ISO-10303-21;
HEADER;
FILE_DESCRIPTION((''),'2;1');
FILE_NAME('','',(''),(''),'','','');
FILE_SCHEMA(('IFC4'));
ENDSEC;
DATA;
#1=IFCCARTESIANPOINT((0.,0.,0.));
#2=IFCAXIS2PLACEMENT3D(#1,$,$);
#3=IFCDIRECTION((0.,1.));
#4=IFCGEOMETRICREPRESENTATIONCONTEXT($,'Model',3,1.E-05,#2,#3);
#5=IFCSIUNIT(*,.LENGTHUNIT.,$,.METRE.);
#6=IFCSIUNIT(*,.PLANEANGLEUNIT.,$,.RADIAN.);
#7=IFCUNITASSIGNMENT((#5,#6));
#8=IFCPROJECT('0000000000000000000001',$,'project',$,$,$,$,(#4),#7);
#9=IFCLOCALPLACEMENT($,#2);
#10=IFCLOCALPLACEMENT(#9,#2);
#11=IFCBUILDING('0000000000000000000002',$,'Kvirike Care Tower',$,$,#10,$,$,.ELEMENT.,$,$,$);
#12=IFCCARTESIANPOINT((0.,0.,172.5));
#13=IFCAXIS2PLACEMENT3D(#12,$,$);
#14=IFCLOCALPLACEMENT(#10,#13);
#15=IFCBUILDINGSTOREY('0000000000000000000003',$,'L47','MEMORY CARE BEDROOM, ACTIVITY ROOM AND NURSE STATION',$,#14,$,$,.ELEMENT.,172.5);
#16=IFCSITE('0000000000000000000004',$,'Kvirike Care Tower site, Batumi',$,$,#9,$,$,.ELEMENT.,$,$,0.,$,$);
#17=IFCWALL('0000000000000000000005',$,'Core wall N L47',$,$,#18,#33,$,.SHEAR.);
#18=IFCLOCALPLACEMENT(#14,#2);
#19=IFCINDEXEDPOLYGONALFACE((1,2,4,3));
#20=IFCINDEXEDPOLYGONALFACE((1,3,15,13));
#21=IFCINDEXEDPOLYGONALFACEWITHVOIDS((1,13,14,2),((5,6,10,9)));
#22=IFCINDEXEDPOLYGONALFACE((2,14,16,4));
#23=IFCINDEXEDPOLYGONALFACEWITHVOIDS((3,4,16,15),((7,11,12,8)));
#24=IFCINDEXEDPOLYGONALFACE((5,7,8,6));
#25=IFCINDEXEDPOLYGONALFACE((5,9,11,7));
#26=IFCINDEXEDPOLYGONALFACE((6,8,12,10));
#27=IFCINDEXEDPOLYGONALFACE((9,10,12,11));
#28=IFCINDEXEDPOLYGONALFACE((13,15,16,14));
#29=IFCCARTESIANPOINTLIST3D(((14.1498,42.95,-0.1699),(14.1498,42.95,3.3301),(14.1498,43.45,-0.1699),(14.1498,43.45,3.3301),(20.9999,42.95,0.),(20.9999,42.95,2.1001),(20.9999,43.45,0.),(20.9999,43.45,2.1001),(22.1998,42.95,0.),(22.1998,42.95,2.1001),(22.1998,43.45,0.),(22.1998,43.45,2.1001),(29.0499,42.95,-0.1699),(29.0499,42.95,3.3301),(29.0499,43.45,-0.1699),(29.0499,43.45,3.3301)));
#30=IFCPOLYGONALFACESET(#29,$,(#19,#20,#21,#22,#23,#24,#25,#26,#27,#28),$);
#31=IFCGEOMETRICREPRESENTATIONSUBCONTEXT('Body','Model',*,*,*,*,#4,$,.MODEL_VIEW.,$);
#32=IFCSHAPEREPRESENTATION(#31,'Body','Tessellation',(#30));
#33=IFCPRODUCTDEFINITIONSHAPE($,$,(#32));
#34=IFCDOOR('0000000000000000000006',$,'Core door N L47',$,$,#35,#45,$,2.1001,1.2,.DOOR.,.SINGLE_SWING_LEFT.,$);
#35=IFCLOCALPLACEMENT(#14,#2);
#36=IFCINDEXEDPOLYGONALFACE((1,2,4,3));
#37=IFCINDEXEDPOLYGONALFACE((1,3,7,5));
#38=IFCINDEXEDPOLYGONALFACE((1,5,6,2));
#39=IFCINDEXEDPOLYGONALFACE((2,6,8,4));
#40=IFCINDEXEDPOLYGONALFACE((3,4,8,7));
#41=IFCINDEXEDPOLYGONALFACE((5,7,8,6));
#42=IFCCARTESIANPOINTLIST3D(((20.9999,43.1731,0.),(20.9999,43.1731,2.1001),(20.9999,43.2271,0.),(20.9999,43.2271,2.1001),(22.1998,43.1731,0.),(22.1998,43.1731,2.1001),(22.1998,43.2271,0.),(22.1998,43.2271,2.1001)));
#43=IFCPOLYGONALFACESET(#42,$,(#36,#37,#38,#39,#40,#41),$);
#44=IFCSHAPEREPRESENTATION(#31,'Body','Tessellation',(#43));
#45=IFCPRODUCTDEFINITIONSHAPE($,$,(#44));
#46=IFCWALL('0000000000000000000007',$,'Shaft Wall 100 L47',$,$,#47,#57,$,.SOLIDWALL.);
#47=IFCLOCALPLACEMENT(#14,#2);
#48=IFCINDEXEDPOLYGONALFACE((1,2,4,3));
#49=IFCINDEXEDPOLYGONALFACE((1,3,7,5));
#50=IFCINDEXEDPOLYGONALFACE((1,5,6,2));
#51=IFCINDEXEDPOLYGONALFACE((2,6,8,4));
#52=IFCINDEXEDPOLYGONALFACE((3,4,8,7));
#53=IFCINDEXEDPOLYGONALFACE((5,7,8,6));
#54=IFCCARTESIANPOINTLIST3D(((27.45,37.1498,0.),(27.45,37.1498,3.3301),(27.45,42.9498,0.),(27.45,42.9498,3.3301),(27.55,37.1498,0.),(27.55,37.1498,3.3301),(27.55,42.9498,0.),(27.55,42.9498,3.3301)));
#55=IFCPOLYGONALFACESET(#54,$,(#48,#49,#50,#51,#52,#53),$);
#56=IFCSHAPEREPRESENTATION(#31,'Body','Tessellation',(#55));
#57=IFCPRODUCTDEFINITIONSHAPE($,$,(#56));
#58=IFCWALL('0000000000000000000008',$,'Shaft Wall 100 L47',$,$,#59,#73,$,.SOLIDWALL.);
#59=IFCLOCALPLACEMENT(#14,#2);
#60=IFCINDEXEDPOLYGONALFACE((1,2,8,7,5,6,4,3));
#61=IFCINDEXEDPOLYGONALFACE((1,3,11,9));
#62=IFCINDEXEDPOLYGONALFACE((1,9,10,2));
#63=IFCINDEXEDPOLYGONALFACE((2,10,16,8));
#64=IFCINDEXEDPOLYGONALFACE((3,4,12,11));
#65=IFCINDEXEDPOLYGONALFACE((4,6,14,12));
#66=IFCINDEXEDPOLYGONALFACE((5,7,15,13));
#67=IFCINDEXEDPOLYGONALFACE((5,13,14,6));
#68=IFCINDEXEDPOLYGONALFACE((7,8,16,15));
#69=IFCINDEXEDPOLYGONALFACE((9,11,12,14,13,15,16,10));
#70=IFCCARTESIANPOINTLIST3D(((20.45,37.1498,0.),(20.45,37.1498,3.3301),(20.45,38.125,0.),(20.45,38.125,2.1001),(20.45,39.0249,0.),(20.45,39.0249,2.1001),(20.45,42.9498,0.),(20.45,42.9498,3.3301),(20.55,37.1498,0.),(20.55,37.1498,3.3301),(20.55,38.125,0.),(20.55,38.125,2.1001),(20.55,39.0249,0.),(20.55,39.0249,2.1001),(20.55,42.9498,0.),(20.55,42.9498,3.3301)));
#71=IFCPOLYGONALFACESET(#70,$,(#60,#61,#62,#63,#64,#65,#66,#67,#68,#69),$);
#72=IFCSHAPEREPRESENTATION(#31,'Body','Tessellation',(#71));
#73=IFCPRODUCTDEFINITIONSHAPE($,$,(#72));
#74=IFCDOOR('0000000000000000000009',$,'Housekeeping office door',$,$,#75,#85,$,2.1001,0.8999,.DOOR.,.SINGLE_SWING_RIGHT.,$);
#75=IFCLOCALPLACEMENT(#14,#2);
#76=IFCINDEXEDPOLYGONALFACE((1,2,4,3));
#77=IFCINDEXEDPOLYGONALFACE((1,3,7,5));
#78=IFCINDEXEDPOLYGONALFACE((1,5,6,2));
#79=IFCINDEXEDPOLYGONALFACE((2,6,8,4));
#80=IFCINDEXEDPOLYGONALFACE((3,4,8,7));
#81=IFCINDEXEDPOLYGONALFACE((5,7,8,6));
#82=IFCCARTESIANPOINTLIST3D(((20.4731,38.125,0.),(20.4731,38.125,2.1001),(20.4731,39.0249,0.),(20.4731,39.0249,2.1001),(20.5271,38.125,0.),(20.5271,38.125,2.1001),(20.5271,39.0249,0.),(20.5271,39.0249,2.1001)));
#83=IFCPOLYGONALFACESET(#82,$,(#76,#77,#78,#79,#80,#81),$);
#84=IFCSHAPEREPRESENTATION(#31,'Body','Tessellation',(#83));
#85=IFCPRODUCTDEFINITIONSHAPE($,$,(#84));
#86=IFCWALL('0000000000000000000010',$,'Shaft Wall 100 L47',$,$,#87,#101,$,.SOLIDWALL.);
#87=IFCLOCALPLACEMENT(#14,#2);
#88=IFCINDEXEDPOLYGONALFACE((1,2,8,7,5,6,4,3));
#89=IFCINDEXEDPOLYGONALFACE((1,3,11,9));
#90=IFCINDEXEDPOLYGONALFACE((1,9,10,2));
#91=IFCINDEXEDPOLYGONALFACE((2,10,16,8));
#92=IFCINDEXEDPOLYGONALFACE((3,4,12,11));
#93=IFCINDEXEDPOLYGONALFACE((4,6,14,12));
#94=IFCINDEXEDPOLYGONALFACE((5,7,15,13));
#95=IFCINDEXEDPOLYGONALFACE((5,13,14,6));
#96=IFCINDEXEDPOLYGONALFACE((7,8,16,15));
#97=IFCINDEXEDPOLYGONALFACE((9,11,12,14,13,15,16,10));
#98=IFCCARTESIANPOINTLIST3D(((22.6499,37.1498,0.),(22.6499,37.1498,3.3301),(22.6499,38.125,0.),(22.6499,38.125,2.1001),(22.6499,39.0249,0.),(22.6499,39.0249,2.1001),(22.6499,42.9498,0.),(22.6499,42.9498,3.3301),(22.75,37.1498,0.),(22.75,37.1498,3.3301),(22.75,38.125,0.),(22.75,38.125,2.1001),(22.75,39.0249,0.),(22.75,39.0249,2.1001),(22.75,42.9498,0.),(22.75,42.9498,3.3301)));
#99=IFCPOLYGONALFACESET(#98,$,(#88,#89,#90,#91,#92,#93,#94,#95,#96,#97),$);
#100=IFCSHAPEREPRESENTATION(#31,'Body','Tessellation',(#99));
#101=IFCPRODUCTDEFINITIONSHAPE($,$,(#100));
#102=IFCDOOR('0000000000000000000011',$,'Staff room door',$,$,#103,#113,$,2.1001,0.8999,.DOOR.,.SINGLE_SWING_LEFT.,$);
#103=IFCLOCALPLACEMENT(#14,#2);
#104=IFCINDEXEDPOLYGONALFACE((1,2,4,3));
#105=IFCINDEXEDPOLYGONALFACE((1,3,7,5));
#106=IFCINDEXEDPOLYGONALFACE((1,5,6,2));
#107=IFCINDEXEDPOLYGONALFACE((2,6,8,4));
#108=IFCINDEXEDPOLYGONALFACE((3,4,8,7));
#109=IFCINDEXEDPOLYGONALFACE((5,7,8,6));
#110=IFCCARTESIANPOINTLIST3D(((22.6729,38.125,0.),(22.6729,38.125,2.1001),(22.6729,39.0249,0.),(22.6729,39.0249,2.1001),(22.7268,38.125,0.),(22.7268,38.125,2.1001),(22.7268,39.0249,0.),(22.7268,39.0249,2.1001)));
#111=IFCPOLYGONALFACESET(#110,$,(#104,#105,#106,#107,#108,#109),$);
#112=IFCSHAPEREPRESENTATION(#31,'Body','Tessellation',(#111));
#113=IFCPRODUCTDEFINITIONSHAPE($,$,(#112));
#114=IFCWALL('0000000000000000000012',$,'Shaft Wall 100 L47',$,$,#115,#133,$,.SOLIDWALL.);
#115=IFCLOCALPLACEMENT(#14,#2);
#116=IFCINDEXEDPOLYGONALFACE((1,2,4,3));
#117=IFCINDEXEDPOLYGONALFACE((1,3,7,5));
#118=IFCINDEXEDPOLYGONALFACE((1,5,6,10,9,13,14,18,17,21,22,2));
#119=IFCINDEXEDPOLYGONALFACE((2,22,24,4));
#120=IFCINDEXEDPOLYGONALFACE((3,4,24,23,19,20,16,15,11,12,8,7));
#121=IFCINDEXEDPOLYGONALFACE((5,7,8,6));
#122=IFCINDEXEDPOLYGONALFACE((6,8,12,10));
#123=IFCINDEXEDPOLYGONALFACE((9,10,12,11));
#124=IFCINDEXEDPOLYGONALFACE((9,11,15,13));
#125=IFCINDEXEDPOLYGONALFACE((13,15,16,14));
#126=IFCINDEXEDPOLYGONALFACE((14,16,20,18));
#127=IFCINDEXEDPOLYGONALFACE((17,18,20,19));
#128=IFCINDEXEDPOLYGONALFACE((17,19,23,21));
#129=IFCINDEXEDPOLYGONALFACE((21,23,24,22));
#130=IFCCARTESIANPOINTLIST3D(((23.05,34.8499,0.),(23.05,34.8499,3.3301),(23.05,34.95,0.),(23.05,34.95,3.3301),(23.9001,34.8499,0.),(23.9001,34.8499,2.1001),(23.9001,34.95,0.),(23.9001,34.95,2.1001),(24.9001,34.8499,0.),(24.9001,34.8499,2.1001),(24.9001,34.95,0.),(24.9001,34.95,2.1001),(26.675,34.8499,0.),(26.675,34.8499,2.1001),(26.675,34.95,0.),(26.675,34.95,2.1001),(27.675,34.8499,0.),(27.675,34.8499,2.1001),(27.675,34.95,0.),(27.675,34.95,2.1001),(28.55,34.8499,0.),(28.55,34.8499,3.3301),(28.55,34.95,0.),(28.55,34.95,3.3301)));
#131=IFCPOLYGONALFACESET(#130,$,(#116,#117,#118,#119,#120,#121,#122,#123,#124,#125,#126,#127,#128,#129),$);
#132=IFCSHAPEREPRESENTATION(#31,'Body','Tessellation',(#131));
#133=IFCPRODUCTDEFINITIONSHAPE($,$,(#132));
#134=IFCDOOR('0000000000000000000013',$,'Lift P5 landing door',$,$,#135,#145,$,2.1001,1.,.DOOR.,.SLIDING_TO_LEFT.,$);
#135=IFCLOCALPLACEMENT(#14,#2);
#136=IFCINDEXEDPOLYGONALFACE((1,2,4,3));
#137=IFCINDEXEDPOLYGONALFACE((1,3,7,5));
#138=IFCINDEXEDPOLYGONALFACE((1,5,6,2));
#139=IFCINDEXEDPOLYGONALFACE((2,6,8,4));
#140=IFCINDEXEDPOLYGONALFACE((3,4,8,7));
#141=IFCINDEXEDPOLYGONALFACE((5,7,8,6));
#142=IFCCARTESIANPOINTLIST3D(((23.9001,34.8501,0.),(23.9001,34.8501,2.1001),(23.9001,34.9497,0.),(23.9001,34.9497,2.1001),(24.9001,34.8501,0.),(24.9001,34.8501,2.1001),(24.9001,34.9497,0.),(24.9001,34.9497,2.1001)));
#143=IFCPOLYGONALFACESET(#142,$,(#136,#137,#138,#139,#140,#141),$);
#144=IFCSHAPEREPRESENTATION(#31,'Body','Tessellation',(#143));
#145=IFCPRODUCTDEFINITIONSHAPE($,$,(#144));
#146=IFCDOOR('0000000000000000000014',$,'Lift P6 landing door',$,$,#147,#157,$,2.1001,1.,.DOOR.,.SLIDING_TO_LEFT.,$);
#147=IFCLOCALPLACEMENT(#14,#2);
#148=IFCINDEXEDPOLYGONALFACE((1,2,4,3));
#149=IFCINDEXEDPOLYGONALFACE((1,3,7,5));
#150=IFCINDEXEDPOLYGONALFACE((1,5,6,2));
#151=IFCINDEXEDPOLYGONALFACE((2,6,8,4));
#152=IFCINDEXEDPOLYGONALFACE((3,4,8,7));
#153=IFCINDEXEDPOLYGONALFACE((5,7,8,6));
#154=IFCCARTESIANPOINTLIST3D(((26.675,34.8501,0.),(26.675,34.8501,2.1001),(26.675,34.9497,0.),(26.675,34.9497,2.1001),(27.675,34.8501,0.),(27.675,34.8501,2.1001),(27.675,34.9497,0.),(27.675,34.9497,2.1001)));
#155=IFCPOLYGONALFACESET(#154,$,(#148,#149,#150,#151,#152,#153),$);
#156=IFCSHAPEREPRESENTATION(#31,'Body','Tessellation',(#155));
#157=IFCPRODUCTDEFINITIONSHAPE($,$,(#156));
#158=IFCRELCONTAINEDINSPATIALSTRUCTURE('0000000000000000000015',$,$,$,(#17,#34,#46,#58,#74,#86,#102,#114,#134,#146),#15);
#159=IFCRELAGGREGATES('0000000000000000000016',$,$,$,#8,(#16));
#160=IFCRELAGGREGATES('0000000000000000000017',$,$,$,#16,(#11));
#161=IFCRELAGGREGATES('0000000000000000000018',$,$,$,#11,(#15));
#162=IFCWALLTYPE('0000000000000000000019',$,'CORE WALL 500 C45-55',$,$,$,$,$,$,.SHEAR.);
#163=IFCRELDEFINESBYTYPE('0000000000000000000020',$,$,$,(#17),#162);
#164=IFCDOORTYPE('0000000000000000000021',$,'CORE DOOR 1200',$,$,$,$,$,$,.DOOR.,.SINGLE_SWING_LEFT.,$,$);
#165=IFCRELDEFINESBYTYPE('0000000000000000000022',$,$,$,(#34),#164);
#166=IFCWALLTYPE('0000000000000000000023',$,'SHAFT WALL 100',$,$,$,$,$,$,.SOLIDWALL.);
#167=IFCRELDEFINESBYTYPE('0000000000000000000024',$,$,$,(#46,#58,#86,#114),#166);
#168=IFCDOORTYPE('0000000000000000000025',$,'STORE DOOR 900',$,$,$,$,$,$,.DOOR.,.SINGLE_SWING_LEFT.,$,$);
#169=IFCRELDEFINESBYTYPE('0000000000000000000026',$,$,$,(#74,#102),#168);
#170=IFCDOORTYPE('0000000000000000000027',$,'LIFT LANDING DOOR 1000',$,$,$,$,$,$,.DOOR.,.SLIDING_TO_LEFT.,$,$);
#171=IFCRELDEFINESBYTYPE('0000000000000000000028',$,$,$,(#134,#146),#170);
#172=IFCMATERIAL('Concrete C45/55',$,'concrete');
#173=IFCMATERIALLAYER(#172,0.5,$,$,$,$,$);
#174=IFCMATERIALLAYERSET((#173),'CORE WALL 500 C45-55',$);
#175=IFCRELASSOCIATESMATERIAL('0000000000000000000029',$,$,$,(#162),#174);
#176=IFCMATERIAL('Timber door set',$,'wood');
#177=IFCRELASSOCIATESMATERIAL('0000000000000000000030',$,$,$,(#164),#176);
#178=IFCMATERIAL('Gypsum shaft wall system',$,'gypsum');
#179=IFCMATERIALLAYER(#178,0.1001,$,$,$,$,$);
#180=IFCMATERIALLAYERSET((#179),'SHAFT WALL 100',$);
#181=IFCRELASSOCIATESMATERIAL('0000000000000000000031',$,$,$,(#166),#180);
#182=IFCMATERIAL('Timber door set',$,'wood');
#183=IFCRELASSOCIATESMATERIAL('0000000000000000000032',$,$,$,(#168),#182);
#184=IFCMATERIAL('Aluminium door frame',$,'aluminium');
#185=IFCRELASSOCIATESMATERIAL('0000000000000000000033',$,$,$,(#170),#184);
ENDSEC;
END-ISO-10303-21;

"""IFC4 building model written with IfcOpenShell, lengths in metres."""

from ifc_helpers import new_model, si_unit, direction, frame, frame_2d, origin, place, context, subcontext, project, spatial, rectangle, extrude, material, layer, layer_set, type_object, element, fill, save


model = new_model("IFC4")

# Units and contexts
model_context = context("Model", 3, precision=1e-05, world=origin(), true_north=direction((0.0, 1.0)))
body_context = subcontext(model_context, "Body", "Model", "MODEL_VIEW")
ifc_project = project(units=[si_unit("LENGTHUNIT", "METRE"), si_unit("PLANEANGLEUNIT", "RADIAN")], contexts=[model_context])

# Site, building, storey
site_placement = place(None, origin())
site = spatial("IfcSite", under=ifc_project, at=site_placement, Name="Kvirike Care Tower site, Batumi", CompositionType="ELEMENT", RefElevation=0.0)
building_placement = place(site_placement, origin())
building = spatial("IfcBuilding", under=site, at=building_placement, Name="Kvirike Care Tower", CompositionType="ELEMENT")
storey_placement = place(building_placement, frame((0.0, 0.0, 172.5)))
storey = spatial("IfcBuildingStorey", under=building, at=storey_placement, Name="L47", Description="MEMORY CARE BEDROOM, ACTIVITY ROOM AND NURSE STATION", CompositionType="ELEMENT", Elevation=172.5)

# Wall, opening, door
ifc_material_1 = material(Name="Concrete C45/55", Category="concrete")
ifc_layer_1 = layer(ifc_material_1, 0.5)
ifc_layer_set_1 = layer_set([ifc_layer_1], Name="CORE WALL 500 C45-55")
wall_type_1 = type_object("IfcWallType", Name="CORE WALL 500 C45-55", PredefinedType="SHEAR", material=ifc_layer_set_1)
wall_1_placement = place(storey_placement, frame((29.05, 43.2, -0.1699), z_axis=(0.0, 0.0, 1.0), x_axis=(-1.0, 0.0, 0.0)))
wall_1 = element("IfcWall", 1, at=wall_1_placement, inside=storey, type_object=wall_type_1, Name="Core wall N L47", PredefinedType="SHEAR", context=body_context, shape_type="SweptSolid", body=[
    extrude(rectangle(XDim=14.9001, YDim=0.5, at=frame_2d((7.4502, 0.0))), origin(), (0.0, 0.0, 1.0), 3.5),
])
opening_1_placement = place(wall_1_placement, frame((6.8501, 0.0, 0.1699)))
opening_1 = element("IfcOpeningElement", 2, at=opening_1_placement, cuts=wall_1, PredefinedType="OPENING", context=body_context, shape_type="SweptSolid", body=[
    extrude(rectangle(XDim=1.2, YDim=2.1001, at=frame_2d((0.6001, 1.05))), frame((0.0, 0.2605, 0.0), z_axis=(0.0, -1.0, 0.0), x_axis=(1.0, 0.0, 0.0)), (0.0, 0.0, 1.0), 0.521),
])
ifc_material_2 = material(Name="Timber door set", Category="wood")
door_type_1 = type_object("IfcDoorType", Name="CORE DOOR 1200", OperationType="SINGLE_SWING_LEFT", PredefinedType="DOOR", material=ifc_material_2)
door_1_placement = place(opening_1_placement, origin())
door_1 = element("IfcDoor", 3, at=door_1_placement, inside=storey, type_object=door_type_1, Name="Core door N L47", OperationType="SINGLE_SWING_LEFT", OverallHeight=2.1001, OverallWidth=1.2, PredefinedType="DOOR", context=body_context, shape_type="SweptSolid", body=[
    extrude(rectangle(XDim=1.2, YDim=2.1001, at=frame_2d((0.6001, 1.05))), frame((0.0, 0.0269, 0.0), z_axis=(0.0, -1.0, 0.0), x_axis=(1.0, 0.0, 0.0)), (0.0, 0.0, 1.0), 0.054),
])
fill(opening_1, door_1)

# Wall
ifc_material_3 = material(Name="Gypsum shaft wall system", Category="gypsum")
ifc_layer_2 = layer(ifc_material_3, 0.1001)
ifc_layer_set_2 = layer_set([ifc_layer_2], Name="SHAFT WALL 100")
wall_type_2 = type_object("IfcWallType", Name="SHAFT WALL 100", PredefinedType="SOLIDWALL", material=ifc_layer_set_2)
wall_2_placement = place(storey_placement, frame((27.5, 37.1499, 0.0), z_axis=(0.0, 0.0, 1.0), x_axis=(0.0, 1.0, 0.0)))
element("IfcWall", 4, at=wall_2_placement, inside=storey, type_object=wall_type_2, Name="Shaft Wall 100 L47", PredefinedType="SOLIDWALL", context=body_context, shape_type="SweptSolid", body=[
    extrude(rectangle(XDim=5.8, YDim=0.1001, at=frame_2d((2.8999, 0.0))), origin(), (0.0, 0.0, 1.0), 3.3301),
])

# Walls, openings, doors
wall_3_placement = place(storey_placement, frame((20.5, 37.1499, 0.0), z_axis=(0.0, 0.0, 1.0), x_axis=(0.0, 1.0, 0.0)))
wall_3 = element("IfcWall", 5, at=wall_3_placement, inside=storey, type_object=wall_type_2, Name="Shaft Wall 100 L47", PredefinedType="SOLIDWALL", context=body_context, shape_type="SweptSolid", body=[
    extrude(rectangle(XDim=5.8, YDim=0.1001, at=frame_2d((2.8999, 0.0))), origin(), (0.0, 0.0, 1.0), 3.3301),
])
opening_2_placement = place(wall_3_placement, frame((0.9751, 0.0, 0.0)))
opening_2 = element("IfcOpeningElement", 6, at=opening_2_placement, cuts=wall_3, PredefinedType="OPENING", context=body_context, shape_type="SweptSolid", body=[
    extrude(rectangle(XDim=0.8999, YDim=2.1001, at=frame_2d((0.45, 1.05))), frame((0.0, 0.0605, 0.0), z_axis=(0.0, -1.0, 0.0), x_axis=(1.0, 0.0, 0.0)), (0.0, 0.0, 1.0), 0.1211),
])
ifc_material_4 = material(Name="Timber door set", Category="wood")
door_type_2 = type_object("IfcDoorType", Name="STORE DOOR 900", OperationType="SINGLE_SWING_LEFT", PredefinedType="DOOR", material=ifc_material_4)
door_2_placement = place(opening_2_placement, origin())
door_2 = element("IfcDoor", 7, at=door_2_placement, inside=storey, type_object=door_type_2, Name="Housekeeping office door", OperationType="SINGLE_SWING_RIGHT", OverallHeight=2.1001, OverallWidth=0.8999, PredefinedType="DOOR", context=body_context, shape_type="SweptSolid", body=[
    extrude(rectangle(XDim=0.8999, YDim=2.1001, at=frame_2d((0.45, 1.05))), frame((0.0, 0.0269, 0.0), z_axis=(0.0, -1.0, 0.0), x_axis=(1.0, 0.0, 0.0)), (0.0, 0.0, 1.0), 0.054),
])
fill(opening_2, door_2)
wall_4_placement = place(storey_placement, frame((22.7, 37.1499, 0.0), z_axis=(0.0, 0.0, 1.0), x_axis=(0.0, 1.0, 0.0)))
wall_4 = element("IfcWall", 8, at=wall_4_placement, inside=storey, type_object=wall_type_2, Name="Shaft Wall 100 L47", PredefinedType="SOLIDWALL", context=body_context, shape_type="SweptSolid", body=[
    extrude(rectangle(XDim=5.8, YDim=0.1001, at=frame_2d((2.8999, 0.0))), origin(), (0.0, 0.0, 1.0), 3.3301),
])
opening_3_placement = place(wall_4_placement, frame((0.9751, 0.0, 0.0)))
opening_3 = element("IfcOpeningElement", 9, at=opening_3_placement, cuts=wall_4, PredefinedType="OPENING", context=body_context, shape_type="SweptSolid", body=[
    extrude(rectangle(XDim=0.8999, YDim=2.1001, at=frame_2d((0.45, 1.05))), frame((0.0, 0.0605, 0.0), z_axis=(0.0, -1.0, 0.0), x_axis=(1.0, 0.0, 0.0)), (0.0, 0.0, 1.0), 0.1211),
])
door_3_placement = place(opening_3_placement, frame((0.8999, 0.0, 0.0), z_axis=(0.0, 0.0, 1.0), x_axis=(-1.0, 0.0, 0.0)))
door_3 = element("IfcDoor", 10, at=door_3_placement, inside=storey, type_object=door_type_2, Name="Staff room door", OperationType="SINGLE_SWING_LEFT", OverallHeight=2.1001, OverallWidth=0.8999, PredefinedType="DOOR", context=body_context, shape_type="SweptSolid", body=[
    extrude(rectangle(XDim=0.8999, YDim=2.1001, at=frame_2d((0.45, 1.05))), frame((0.0, 0.0269, 0.0), z_axis=(0.0, -1.0, 0.0), x_axis=(1.0, 0.0, 0.0)), (0.0, 0.0, 1.0), 0.054),
])
fill(opening_3, door_3)

# Wall, openings, doors
wall_5_placement = place(storey_placement, frame((23.05, 34.8999, 0.0), z_axis=(0.0, 0.0, 1.0), x_axis=(1.0, 0.0, 0.0)))
wall_5 = element("IfcWall", 11, at=wall_5_placement, inside=storey, type_object=wall_type_2, Name="Shaft Wall 100 L47", PredefinedType="SOLIDWALL", context=body_context, shape_type="SweptSolid", body=[
    extrude(rectangle(XDim=5.5, YDim=0.1001, at=frame_2d((2.75, 0.0))), origin(), (0.0, 0.0, 1.0), 3.3301),
])
opening_4_placement = place(wall_5_placement, frame((0.8501, 0.0, 0.0)))
opening_4 = element("IfcOpeningElement", 12, at=opening_4_placement, cuts=wall_5, PredefinedType="OPENING", context=body_context, shape_type="SweptSolid", body=[
    extrude(rectangle(XDim=1.0, YDim=2.1001, at=frame_2d((0.5, 1.05))), frame((0.0, 0.0605, 0.0), z_axis=(0.0, -1.0, 0.0), x_axis=(1.0, 0.0, 0.0)), (0.0, 0.0, 1.0), 0.1211),
])
opening_5_placement = place(wall_5_placement, frame((3.625, 0.0, 0.0)))
opening_5 = element("IfcOpeningElement", 13, at=opening_5_placement, cuts=wall_5, PredefinedType="OPENING", context=body_context, shape_type="SweptSolid", body=[
    extrude(rectangle(XDim=1.0, YDim=2.1001, at=frame_2d((0.5, 1.05))), frame((0.0, 0.0605, 0.0), z_axis=(0.0, -1.0, 0.0), x_axis=(1.0, 0.0, 0.0)), (0.0, 0.0, 1.0), 0.1211),
])
ifc_material_5 = material(Name="Aluminium door frame", Category="aluminium")
door_type_3 = type_object("IfcDoorType", Name="LIFT LANDING DOOR 1000", OperationType="SLIDING_TO_LEFT", PredefinedType="DOOR", material=ifc_material_5)
door_4_placement = place(opening_4_placement, origin())
door_4 = element("IfcDoor", 14, at=door_4_placement, inside=storey, type_object=door_type_3, Name="Lift P5 landing door", OperationType="SLIDING_TO_LEFT", OverallHeight=2.1001, OverallWidth=1.0, PredefinedType="DOOR", context=body_context, shape_type="SweptSolid", body=[
    extrude(rectangle(XDim=1.0, YDim=2.1001, at=frame_2d((0.5, 1.05))), frame((0.0, 0.0498, 0.0), z_axis=(0.0, -1.0, 0.0), x_axis=(1.0, 0.0, 0.0)), (0.0, 0.0, 1.0), 0.0996),
])
fill(opening_4, door_4)
door_5_placement = place(opening_5_placement, origin())
door_5 = element("IfcDoor", 15, at=door_5_placement, inside=storey, type_object=door_type_3, Name="Lift P6 landing door", OperationType="SLIDING_TO_LEFT", OverallHeight=2.1001, OverallWidth=1.0, PredefinedType="DOOR", context=body_context, shape_type="SweptSolid", body=[
    extrude(rectangle(XDim=1.0, YDim=2.1001, at=frame_2d((0.5, 1.05))), frame((0.0, 0.0498, 0.0), z_axis=(0.0, -1.0, 0.0), x_axis=(1.0, 0.0, 0.0)), (0.0, 0.0, 1.0), 0.0996),
])
fill(opening_5, door_5)

save(model, "model.ifc")
